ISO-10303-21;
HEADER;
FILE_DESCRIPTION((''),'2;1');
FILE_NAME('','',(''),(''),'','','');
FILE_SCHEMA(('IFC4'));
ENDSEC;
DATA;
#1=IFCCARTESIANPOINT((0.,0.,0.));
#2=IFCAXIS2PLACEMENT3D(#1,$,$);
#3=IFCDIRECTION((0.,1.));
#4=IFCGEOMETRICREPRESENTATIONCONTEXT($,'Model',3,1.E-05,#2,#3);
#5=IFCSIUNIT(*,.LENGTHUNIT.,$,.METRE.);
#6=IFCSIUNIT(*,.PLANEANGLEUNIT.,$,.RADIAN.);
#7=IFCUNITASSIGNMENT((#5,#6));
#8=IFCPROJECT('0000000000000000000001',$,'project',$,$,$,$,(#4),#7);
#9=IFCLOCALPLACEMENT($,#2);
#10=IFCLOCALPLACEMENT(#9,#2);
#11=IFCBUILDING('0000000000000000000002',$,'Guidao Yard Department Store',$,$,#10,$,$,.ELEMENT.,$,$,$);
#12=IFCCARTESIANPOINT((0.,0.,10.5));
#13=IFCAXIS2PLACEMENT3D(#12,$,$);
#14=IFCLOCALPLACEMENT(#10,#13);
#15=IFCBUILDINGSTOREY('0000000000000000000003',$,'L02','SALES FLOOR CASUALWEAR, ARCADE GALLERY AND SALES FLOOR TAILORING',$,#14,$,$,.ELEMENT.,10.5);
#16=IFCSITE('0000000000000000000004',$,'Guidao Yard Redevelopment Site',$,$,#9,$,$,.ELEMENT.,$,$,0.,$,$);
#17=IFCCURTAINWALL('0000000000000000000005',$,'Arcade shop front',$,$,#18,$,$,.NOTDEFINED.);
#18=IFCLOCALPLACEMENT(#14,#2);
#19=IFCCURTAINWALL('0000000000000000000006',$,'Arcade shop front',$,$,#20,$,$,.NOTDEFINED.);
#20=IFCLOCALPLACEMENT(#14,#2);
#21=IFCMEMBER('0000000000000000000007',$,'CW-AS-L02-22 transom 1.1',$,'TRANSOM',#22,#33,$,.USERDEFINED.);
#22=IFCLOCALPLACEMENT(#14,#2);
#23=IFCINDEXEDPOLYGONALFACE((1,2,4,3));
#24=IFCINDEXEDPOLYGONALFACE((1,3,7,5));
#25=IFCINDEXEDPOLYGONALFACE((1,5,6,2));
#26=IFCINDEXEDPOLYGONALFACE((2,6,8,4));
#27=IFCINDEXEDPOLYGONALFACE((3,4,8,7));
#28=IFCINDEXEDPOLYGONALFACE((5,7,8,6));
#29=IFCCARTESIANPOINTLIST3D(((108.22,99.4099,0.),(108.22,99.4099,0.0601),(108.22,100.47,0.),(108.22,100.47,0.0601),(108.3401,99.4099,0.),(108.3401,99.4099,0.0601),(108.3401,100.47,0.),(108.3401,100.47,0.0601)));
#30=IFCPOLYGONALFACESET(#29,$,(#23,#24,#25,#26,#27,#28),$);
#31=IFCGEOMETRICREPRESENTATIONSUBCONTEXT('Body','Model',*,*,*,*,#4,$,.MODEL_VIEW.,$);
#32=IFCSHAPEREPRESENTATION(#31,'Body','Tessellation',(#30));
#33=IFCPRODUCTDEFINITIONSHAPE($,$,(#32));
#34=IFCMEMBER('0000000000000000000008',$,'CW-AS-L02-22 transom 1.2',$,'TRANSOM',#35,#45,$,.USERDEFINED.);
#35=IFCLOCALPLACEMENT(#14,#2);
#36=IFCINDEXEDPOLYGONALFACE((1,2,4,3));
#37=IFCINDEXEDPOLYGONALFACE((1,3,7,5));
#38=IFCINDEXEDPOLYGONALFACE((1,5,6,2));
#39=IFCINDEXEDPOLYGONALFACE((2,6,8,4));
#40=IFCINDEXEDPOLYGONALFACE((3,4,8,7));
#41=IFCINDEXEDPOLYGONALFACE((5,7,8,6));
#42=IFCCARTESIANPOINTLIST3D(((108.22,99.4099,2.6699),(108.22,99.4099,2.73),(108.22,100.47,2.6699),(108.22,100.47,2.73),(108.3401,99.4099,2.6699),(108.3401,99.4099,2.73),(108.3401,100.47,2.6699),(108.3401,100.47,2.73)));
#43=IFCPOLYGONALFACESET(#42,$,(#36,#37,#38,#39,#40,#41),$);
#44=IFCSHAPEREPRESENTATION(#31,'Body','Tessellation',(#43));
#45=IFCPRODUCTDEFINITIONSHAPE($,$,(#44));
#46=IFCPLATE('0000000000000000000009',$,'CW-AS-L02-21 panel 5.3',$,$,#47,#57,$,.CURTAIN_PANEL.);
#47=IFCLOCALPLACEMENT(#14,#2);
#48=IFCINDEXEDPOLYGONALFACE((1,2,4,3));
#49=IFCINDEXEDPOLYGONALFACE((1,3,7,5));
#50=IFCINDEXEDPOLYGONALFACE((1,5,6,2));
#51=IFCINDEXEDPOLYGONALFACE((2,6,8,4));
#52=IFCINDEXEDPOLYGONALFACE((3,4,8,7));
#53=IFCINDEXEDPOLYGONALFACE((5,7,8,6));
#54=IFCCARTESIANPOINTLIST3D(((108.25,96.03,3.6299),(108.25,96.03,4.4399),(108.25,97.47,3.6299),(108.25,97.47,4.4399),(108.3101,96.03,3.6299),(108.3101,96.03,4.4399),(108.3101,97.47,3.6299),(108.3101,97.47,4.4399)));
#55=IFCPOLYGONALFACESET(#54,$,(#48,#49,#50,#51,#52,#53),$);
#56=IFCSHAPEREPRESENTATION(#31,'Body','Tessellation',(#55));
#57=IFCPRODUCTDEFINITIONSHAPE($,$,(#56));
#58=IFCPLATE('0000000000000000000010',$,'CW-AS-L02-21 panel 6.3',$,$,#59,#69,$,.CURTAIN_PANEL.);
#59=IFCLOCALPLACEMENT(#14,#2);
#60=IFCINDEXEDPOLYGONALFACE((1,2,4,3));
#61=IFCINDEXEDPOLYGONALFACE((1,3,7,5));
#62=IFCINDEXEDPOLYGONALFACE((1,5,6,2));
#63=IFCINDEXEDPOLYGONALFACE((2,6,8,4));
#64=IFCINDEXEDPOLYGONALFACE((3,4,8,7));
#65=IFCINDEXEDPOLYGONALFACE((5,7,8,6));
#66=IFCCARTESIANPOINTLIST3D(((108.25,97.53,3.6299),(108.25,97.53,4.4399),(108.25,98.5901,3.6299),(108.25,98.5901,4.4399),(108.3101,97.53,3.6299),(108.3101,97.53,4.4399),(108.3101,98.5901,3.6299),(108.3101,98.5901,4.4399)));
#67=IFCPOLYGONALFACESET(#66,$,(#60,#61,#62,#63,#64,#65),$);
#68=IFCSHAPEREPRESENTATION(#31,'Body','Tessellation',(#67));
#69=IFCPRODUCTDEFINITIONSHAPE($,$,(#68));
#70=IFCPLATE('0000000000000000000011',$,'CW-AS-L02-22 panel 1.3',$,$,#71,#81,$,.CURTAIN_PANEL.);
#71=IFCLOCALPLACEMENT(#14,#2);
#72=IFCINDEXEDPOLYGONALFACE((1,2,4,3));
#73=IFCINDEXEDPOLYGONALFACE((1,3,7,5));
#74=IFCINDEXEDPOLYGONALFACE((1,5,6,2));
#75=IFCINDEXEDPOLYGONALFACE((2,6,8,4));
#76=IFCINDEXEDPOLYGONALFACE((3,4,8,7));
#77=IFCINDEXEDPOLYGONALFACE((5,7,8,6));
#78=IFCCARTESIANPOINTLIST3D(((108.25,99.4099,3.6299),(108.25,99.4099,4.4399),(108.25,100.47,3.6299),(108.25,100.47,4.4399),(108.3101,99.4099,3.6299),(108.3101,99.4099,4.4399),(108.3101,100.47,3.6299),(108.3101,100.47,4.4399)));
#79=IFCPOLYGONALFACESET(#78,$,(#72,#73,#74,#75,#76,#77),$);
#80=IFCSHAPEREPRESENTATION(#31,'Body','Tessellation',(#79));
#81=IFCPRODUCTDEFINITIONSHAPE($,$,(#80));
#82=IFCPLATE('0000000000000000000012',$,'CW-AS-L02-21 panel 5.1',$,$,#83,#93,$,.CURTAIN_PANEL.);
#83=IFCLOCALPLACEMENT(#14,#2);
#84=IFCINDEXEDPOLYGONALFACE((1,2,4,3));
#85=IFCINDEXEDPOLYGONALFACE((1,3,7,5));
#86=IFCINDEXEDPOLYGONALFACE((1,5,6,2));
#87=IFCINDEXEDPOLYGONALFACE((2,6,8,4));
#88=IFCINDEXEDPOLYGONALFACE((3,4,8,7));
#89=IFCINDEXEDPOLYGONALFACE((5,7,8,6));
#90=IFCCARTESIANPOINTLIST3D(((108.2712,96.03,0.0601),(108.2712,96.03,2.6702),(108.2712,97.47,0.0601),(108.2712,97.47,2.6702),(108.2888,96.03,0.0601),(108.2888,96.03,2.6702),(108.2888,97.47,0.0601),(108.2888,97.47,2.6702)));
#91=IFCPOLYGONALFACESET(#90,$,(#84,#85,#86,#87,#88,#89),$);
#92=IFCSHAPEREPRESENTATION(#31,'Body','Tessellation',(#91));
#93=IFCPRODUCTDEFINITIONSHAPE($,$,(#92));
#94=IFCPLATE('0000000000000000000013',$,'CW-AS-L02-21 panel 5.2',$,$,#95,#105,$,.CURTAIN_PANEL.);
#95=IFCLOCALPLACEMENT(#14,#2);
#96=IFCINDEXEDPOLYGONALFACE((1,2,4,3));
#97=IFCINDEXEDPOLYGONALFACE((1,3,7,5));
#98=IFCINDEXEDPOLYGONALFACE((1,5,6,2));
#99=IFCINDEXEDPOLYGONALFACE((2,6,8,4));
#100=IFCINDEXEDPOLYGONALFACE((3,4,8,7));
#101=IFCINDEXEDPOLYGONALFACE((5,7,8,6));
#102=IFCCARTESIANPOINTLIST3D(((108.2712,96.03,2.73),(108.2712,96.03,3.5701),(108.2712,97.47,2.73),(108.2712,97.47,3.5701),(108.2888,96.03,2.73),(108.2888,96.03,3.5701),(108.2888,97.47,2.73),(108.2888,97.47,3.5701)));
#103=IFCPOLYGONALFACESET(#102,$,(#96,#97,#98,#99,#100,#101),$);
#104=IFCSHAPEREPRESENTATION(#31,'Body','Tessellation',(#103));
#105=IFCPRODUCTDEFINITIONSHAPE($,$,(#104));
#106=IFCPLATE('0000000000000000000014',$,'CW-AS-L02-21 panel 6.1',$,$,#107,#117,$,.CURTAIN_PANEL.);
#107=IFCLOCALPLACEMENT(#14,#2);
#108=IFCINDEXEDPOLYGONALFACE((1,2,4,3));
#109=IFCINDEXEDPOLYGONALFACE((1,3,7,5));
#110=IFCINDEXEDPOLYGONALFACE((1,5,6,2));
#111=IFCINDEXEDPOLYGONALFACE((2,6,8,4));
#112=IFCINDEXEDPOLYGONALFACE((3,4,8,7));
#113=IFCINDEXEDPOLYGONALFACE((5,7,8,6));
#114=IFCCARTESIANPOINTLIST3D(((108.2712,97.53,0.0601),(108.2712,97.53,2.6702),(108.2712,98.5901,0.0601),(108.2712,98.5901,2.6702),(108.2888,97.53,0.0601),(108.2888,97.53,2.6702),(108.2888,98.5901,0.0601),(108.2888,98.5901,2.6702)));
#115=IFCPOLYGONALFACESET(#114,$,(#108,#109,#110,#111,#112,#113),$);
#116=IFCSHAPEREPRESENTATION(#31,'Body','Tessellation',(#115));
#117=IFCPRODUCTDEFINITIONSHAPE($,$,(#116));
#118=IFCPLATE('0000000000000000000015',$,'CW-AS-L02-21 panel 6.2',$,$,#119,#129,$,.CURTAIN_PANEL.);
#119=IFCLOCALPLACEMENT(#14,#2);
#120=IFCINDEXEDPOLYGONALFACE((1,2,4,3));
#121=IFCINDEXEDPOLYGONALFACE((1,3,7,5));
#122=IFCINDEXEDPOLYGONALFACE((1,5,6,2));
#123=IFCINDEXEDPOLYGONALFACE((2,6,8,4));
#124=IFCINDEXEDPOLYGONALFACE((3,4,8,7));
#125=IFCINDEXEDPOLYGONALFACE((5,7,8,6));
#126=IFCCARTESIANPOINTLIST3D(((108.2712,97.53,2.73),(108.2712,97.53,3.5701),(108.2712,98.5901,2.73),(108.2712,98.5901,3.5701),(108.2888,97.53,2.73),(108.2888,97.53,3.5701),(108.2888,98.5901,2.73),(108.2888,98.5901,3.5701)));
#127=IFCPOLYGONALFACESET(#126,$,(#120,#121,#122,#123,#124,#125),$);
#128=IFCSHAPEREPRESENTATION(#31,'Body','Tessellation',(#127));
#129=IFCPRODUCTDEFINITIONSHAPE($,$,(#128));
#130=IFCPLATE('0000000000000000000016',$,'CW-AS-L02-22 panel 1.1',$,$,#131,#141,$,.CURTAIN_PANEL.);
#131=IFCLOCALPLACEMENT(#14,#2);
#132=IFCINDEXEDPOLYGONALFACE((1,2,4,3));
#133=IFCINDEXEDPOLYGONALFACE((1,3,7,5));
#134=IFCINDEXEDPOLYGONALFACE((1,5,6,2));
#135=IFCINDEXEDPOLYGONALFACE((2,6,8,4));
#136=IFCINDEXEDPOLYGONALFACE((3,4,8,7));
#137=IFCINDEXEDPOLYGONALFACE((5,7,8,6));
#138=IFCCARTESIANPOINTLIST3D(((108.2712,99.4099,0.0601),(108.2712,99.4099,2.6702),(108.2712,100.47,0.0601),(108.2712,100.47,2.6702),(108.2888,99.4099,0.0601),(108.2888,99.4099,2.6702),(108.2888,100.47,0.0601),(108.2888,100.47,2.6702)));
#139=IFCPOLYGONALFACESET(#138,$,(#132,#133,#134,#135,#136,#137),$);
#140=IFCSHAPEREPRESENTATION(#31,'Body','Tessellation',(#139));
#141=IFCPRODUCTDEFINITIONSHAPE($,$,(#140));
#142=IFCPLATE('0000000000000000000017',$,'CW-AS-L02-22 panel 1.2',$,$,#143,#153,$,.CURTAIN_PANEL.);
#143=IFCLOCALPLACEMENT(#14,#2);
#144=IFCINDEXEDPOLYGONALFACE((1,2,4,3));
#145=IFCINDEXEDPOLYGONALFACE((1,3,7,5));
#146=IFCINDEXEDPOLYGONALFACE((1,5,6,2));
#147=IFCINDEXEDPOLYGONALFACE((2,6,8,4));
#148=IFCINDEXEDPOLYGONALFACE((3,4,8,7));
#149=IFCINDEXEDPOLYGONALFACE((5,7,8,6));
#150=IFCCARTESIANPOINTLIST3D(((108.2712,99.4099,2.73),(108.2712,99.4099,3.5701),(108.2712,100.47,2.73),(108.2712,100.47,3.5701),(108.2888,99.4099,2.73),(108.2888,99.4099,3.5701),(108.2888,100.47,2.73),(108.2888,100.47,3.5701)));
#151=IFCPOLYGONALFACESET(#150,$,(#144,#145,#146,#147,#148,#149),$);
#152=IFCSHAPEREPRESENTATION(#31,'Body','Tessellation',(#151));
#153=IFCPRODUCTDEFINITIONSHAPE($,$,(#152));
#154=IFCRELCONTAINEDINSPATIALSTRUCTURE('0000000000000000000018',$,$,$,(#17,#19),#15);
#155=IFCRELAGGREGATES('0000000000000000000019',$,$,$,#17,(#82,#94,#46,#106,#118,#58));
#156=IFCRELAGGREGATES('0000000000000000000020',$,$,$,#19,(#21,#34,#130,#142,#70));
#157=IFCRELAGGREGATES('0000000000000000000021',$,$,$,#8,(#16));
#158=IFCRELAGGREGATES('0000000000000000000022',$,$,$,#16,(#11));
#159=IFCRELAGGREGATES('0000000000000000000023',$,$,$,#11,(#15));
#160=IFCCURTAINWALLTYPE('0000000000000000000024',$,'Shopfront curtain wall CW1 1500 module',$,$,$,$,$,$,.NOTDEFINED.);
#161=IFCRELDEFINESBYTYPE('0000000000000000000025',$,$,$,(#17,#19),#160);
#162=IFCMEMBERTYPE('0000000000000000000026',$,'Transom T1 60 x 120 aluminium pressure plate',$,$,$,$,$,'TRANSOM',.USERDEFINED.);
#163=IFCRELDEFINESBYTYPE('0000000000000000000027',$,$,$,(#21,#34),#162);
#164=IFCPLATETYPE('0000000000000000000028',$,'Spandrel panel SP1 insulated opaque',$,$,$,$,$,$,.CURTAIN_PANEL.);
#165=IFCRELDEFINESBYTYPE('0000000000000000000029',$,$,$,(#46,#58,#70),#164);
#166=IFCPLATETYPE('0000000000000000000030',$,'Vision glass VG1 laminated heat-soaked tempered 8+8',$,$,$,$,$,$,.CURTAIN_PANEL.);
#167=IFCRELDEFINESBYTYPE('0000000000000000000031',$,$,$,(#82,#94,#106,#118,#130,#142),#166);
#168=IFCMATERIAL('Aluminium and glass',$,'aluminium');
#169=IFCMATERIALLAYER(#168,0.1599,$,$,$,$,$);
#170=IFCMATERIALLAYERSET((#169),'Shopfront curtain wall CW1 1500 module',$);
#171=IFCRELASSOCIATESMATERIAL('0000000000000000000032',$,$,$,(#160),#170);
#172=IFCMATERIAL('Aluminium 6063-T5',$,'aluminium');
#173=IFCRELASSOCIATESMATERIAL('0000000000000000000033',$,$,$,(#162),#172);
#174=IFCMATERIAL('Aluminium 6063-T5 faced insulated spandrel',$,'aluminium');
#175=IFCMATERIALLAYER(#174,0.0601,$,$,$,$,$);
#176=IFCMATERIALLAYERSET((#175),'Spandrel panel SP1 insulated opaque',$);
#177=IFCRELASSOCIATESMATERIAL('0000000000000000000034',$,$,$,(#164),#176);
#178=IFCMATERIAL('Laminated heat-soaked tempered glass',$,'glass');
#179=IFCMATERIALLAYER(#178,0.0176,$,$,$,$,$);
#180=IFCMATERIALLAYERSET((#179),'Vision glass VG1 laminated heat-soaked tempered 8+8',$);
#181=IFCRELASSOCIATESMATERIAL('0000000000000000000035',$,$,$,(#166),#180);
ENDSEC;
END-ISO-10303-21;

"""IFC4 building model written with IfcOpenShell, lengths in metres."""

from ifc_helpers import new_model, si_unit, direction, frame, origin, origin_2d, place, context, subcontext, project, spatial, rectangle, extrude, material, layer, layer_set, material_profile, profile_set, type_object, element, aggregate, save


model = new_model("IFC4")

# Units and contexts
model_context = context("Model", 3, precision=1e-05, world=origin(), true_north=direction((0.0, 1.0)))
body_context = subcontext(model_context, "Body", "Model", "MODEL_VIEW")
ifc_project = project(units=[si_unit("LENGTHUNIT", "METRE"), si_unit("PLANEANGLEUNIT", "RADIAN")], contexts=[model_context])

# Site, building, storey
site_placement = place(None, origin())
site = spatial("IfcSite", under=ifc_project, at=site_placement, Name="Guidao Yard Redevelopment Site", CompositionType="ELEMENT", RefElevation=0.0)
building_placement = place(site_placement, origin())
building = spatial("IfcBuilding", under=site, at=building_placement, Name="Guidao Yard Department Store", CompositionType="ELEMENT")
storey_placement = place(building_placement, frame((0.0, 0.0, 10.5)))
storey = spatial("IfcBuildingStorey", under=building, at=storey_placement, Name="L02", Description="SALES FLOOR CASUALWEAR, ARCADE GALLERY AND SALES FLOOR TAILORING", CompositionType="ELEMENT", Elevation=10.5)

# Curtain wall
ifc_material_1 = material(Name="Aluminium and glass", Category="aluminium")
ifc_layer_1 = layer(ifc_material_1, 0.1599)
ifc_layer_set_1 = layer_set([ifc_layer_1], Name="Shopfront curtain wall CW1 1500 module")
curtain_wall_type = type_object("IfcCurtainWallType", Name="Shopfront curtain wall CW1 1500 module", PredefinedType="NOTDEFINED", material=ifc_layer_set_1)
curtain_wall_1_placement = place(storey_placement, origin())
curtain_wall_1 = element("IfcCurtainWall", 1, at=curtain_wall_1_placement, inside=storey, type_object=curtain_wall_type, Name="Arcade shop front", PredefinedType="NOTDEFINED")

# Curtain wall
curtain_wall_2_placement = place(storey_placement, origin())
curtain_wall_2 = element("IfcCurtainWall", 2, at=curtain_wall_2_placement, inside=storey, type_object=curtain_wall_type, Name="Arcade shop front", PredefinedType="NOTDEFINED")

# Members
ifc_material_2 = material(Name="Aluminium 6063-T5", Category="aluminium")
ifc_material_profile_1 = material_profile(ifc_material_2, rectangle(XDim=0.1201, YDim=0.0601, at=origin_2d()), Name="Transom T1 60 x 120 aluminium pressure plate")
ifc_profile_set_1 = profile_set([ifc_material_profile_1], Name="Aluminium 6063-T5")
member_type_1 = type_object("IfcMemberType", Name="Transom T1 60 x 120 aluminium pressure plate", ElementType="TRANSOM", PredefinedType="USERDEFINED", material=ifc_profile_set_1)
member_1_placement = place(storey_placement, frame((108.28, 100.47, 0.03), z_axis=(0.0, -1.0, 0.0), x_axis=(1.0, 0.0, 0.0)))
member_1 = element("IfcMember", 3, at=member_1_placement, type_object=member_type_1, Name="CW-AS-L02-22 transom 1.1", ObjectType="TRANSOM", PredefinedType="USERDEFINED", context=body_context, shape_type="SweptSolid", body=[
    extrude(rectangle(XDim=0.1201, YDim=0.0601, at=origin_2d()), origin(), (0.0, 0.0, 1.0), 1.0601),
])
member_2_placement = place(storey_placement, frame((108.28, 100.47, 2.7), z_axis=(0.0, -1.0, 0.0), x_axis=(1.0, 0.0, 0.0)))
member_2 = element("IfcMember", 4, at=member_2_placement, type_object=member_type_1, Name="CW-AS-L02-22 transom 1.2", ObjectType="TRANSOM", PredefinedType="USERDEFINED", context=body_context, shape_type="SweptSolid", body=[
    extrude(rectangle(XDim=0.1201, YDim=0.0601, at=origin_2d()), origin(), (0.0, 0.0, 1.0), 1.0601),
])

# Plates
ifc_material_3 = material(Name="Aluminium 6063-T5 faced insulated spandrel", Category="aluminium")
ifc_layer_2 = layer(ifc_material_3, 0.0601)
ifc_layer_set_2 = layer_set([ifc_layer_2], Name="Spandrel panel SP1 insulated opaque")
plate_type_1 = type_object("IfcPlateType", Name="Spandrel panel SP1 insulated opaque", PredefinedType="CURTAIN_PANEL", material=ifc_layer_set_2)
plate_1_placement = place(storey_placement, frame((108.28, 96.75, 3.6299), z_axis=(0.0, 0.0, 1.0), x_axis=(0.0, -1.0, 0.0)))
plate_1 = element("IfcPlate", 5, at=plate_1_placement, type_object=plate_type_1, Name="CW-AS-L02-21 panel 5.3", PredefinedType="CURTAIN_PANEL", context=body_context, shape_type="SweptSolid", body=[
    extrude(rectangle(XDim=1.4399, YDim=0.0601, at=origin_2d()), origin(), (0.0, 0.0, 1.0), 0.8101),
])
plate_2_placement = place(storey_placement, frame((108.28, 98.0601, 3.6299), z_axis=(0.0, 0.0, 1.0), x_axis=(0.0, -1.0, 0.0)))
plate_2 = element("IfcPlate", 6, at=plate_2_placement, type_object=plate_type_1, Name="CW-AS-L02-21 panel 6.3", PredefinedType="CURTAIN_PANEL", context=body_context, shape_type="SweptSolid", body=[
    extrude(rectangle(XDim=1.0601, YDim=0.0601, at=origin_2d()), origin(), (0.0, 0.0, 1.0), 0.8101),
])
plate_3_placement = place(storey_placement, frame((108.28, 99.9399, 3.6299), z_axis=(0.0, 0.0, 1.0), x_axis=(0.0, -1.0, 0.0)))
plate_3 = element("IfcPlate", 7, at=plate_3_placement, type_object=plate_type_1, Name="CW-AS-L02-22 panel 1.3", PredefinedType="CURTAIN_PANEL", context=body_context, shape_type="SweptSolid", body=[
    extrude(rectangle(XDim=1.0601, YDim=0.0601, at=origin_2d()), origin(), (0.0, 0.0, 1.0), 0.8101),
])
ifc_material_4 = material(Name="Laminated heat-soaked tempered glass", Category="glass")
ifc_layer_3 = layer(ifc_material_4, 0.0176)
ifc_layer_set_3 = layer_set([ifc_layer_3], Name="Vision glass VG1 laminated heat-soaked tempered 8+8")
plate_type_2 = type_object("IfcPlateType", Name="Vision glass VG1 laminated heat-soaked tempered 8+8", PredefinedType="CURTAIN_PANEL", material=ifc_layer_set_3)
plate_4_placement = place(storey_placement, frame((108.28, 96.75, 0.0601), z_axis=(0.0, 0.0, 1.0), x_axis=(0.0, -1.0, 0.0)))
plate_4 = element("IfcPlate", 8, at=plate_4_placement, type_object=plate_type_2, Name="CW-AS-L02-21 panel 5.1", PredefinedType="CURTAIN_PANEL", context=body_context, shape_type="SweptSolid", body=[
    extrude(rectangle(XDim=1.4399, YDim=0.0176, at=origin_2d()), origin(), (0.0, 0.0, 1.0), 2.6101),
])
plate_5_placement = place(storey_placement, frame((108.28, 96.75, 2.73), z_axis=(0.0, 0.0, 1.0), x_axis=(0.0, -1.0, 0.0)))
plate_5 = element("IfcPlate", 9, at=plate_5_placement, type_object=plate_type_2, Name="CW-AS-L02-21 panel 5.2", PredefinedType="CURTAIN_PANEL", context=body_context, shape_type="SweptSolid", body=[
    extrude(rectangle(XDim=1.4399, YDim=0.0176, at=origin_2d()), origin(), (0.0, 0.0, 1.0), 0.8401),
])
plate_6_placement = place(storey_placement, frame((108.28, 98.0601, 0.0601), z_axis=(0.0, 0.0, 1.0), x_axis=(0.0, -1.0, 0.0)))
plate_6 = element("IfcPlate", 10, at=plate_6_placement, type_object=plate_type_2, Name="CW-AS-L02-21 panel 6.1", PredefinedType="CURTAIN_PANEL", context=body_context, shape_type="SweptSolid", body=[
    extrude(rectangle(XDim=1.0601, YDim=0.0176, at=origin_2d()), origin(), (0.0, 0.0, 1.0), 2.6101),
])
plate_7_placement = place(storey_placement, frame((108.28, 98.0601, 2.73), z_axis=(0.0, 0.0, 1.0), x_axis=(0.0, -1.0, 0.0)))
plate_7 = element("IfcPlate", 11, at=plate_7_placement, type_object=plate_type_2, Name="CW-AS-L02-21 panel 6.2", PredefinedType="CURTAIN_PANEL", context=body_context, shape_type="SweptSolid", body=[
    extrude(rectangle(XDim=1.0601, YDim=0.0176, at=origin_2d()), origin(), (0.0, 0.0, 1.0), 0.8401),
])
aggregate(curtain_wall_1, [plate_4, plate_5, plate_1, plate_6, plate_7, plate_2])
plate_8_placement = place(storey_placement, frame((108.28, 99.9399, 0.0601), z_axis=(0.0, 0.0, 1.0), x_axis=(0.0, -1.0, 0.0)))
plate_8 = element("IfcPlate", 12, at=plate_8_placement, type_object=plate_type_2, Name="CW-AS-L02-22 panel 1.1", PredefinedType="CURTAIN_PANEL", context=body_context, shape_type="SweptSolid", body=[
    extrude(rectangle(XDim=1.0601, YDim=0.0176, at=origin_2d()), origin(), (0.0, 0.0, 1.0), 2.6101),
])
plate_9_placement = place(storey_placement, frame((108.28, 99.9399, 2.73), z_axis=(0.0, 0.0, 1.0), x_axis=(0.0, -1.0, 0.0)))
plate_9 = element("IfcPlate", 13, at=plate_9_placement, type_object=plate_type_2, Name="CW-AS-L02-22 panel 1.2", PredefinedType="CURTAIN_PANEL", context=body_context, shape_type="SweptSolid", body=[
    extrude(rectangle(XDim=1.0601, YDim=0.0176, at=origin_2d()), origin(), (0.0, 0.0, 1.0), 0.8401),
])
aggregate(curtain_wall_2, [member_1, member_2, plate_8, plate_9, plate_3])

save(model, "model.ifc")
